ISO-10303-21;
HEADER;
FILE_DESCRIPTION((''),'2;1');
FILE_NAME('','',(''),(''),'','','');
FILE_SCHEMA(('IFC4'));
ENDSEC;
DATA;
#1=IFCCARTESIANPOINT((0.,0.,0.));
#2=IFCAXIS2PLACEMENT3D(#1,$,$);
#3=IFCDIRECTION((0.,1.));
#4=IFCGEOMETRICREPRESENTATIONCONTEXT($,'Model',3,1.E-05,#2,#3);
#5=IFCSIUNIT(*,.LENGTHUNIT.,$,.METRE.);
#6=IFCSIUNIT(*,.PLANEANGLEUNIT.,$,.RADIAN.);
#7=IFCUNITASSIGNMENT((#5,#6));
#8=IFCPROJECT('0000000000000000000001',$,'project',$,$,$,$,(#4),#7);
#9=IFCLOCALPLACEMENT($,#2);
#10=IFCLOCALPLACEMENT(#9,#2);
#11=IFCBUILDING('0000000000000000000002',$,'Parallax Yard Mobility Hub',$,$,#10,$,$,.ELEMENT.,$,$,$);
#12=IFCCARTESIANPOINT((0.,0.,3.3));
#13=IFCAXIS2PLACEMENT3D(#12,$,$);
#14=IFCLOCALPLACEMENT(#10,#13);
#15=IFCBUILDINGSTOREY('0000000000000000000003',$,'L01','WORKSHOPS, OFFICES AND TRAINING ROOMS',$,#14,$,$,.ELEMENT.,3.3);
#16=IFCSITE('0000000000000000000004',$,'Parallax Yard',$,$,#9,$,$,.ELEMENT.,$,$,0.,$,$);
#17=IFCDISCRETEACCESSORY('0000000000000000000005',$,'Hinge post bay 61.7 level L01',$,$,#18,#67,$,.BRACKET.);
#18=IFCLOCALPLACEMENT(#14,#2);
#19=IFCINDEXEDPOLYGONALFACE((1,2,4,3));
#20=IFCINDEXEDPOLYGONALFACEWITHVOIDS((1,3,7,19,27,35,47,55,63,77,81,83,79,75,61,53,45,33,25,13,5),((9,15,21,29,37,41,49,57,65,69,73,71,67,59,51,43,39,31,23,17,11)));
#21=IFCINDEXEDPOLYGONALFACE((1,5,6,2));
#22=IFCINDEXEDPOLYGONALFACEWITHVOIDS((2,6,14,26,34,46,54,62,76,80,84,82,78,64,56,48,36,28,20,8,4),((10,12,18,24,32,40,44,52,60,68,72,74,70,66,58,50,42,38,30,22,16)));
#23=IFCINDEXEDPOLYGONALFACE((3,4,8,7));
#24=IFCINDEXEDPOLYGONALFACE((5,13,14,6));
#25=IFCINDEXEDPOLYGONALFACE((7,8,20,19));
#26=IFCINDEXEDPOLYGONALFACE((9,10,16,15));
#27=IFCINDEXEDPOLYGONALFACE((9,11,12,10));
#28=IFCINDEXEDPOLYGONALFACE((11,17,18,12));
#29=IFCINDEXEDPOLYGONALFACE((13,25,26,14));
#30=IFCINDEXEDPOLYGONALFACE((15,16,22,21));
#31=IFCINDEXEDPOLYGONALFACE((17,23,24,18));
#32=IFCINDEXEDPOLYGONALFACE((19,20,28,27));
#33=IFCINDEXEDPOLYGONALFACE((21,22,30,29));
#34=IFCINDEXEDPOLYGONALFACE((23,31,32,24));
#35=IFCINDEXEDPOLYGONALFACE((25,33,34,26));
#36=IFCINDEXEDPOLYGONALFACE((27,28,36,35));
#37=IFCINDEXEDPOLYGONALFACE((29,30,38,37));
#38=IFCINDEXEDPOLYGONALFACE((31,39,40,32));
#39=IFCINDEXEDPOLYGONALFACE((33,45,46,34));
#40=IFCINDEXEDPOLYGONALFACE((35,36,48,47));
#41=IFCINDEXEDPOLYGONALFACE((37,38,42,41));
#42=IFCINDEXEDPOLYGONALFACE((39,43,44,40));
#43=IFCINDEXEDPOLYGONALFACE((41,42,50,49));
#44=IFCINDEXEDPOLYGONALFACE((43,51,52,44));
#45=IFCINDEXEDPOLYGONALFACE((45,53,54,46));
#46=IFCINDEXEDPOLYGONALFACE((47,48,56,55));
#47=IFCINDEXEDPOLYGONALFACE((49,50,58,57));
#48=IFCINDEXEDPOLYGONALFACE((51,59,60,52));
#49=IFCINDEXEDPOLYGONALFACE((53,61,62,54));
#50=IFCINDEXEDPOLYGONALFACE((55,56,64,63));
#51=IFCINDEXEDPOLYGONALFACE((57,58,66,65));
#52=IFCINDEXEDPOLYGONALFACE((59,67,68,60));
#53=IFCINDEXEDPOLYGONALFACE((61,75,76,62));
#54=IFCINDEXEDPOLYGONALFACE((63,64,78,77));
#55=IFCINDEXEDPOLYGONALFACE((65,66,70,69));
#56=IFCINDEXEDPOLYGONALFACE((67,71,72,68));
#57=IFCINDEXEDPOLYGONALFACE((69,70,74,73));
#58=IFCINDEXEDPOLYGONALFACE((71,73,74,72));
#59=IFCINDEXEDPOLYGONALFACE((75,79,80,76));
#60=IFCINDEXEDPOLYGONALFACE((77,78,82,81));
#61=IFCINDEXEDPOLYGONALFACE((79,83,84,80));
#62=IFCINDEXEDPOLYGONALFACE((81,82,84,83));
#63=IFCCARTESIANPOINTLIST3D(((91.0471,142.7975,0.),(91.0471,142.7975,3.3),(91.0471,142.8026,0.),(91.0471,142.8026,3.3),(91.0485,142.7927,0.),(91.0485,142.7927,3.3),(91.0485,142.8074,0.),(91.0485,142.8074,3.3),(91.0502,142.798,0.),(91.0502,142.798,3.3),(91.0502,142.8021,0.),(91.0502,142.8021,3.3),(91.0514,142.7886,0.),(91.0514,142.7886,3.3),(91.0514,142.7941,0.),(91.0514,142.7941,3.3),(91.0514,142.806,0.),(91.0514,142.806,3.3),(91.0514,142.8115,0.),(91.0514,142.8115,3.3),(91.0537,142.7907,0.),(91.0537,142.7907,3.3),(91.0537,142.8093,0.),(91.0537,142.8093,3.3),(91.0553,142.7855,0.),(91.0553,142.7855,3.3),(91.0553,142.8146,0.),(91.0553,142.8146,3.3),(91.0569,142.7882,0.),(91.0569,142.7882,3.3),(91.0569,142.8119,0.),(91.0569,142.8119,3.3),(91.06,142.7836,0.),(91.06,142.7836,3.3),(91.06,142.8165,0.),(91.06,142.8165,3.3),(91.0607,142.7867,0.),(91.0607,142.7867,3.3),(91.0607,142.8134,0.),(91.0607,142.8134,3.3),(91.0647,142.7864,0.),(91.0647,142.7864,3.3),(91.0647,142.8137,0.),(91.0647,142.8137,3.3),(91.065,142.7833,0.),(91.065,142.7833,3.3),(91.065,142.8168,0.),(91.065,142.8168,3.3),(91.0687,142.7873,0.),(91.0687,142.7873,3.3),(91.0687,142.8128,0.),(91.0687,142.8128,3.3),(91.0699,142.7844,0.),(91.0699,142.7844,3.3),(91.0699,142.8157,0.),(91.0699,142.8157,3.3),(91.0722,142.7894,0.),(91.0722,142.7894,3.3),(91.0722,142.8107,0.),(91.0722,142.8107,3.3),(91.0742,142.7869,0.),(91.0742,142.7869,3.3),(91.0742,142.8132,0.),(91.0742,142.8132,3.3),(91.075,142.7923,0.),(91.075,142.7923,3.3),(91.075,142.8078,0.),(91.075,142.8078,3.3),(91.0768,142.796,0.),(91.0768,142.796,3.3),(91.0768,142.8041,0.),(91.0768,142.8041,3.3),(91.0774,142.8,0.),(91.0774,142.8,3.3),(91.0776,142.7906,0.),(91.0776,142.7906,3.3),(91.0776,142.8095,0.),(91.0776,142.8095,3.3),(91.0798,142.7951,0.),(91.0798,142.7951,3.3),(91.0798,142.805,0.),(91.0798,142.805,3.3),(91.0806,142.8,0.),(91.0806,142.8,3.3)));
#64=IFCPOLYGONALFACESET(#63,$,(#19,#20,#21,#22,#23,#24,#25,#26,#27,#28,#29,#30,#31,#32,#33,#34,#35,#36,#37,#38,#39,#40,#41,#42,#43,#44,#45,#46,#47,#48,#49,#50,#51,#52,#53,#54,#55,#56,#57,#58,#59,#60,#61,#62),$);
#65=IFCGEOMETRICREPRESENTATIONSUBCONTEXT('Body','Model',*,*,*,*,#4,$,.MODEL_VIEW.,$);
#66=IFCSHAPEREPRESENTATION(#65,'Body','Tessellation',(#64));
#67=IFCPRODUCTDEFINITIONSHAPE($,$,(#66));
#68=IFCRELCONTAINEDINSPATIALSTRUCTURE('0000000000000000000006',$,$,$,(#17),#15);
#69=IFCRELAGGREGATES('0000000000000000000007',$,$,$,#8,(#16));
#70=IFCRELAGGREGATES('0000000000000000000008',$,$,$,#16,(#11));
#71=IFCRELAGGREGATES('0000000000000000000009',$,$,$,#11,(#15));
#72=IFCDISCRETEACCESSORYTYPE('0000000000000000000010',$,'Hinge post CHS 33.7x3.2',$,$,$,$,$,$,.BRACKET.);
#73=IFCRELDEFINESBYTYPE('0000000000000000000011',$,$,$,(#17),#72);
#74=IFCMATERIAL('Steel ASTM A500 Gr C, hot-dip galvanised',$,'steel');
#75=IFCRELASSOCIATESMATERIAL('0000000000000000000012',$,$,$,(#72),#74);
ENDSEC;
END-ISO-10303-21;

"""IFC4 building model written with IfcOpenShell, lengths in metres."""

from ifc_helpers import new_model, si_unit, direction, frame, origin, origin_2d, place, context, subcontext, project, spatial, hollow_circle, extrude, material, material_profile, profile_set, type_object, element, save


model = new_model("IFC4")

# Units and contexts
model_context = context("Model", 3, precision=1e-05, world=origin(), true_north=direction((0.0, 1.0)))
body_context = subcontext(model_context, "Body", "Model", "MODEL_VIEW")
ifc_project = project(units=[si_unit("LENGTHUNIT", "METRE"), si_unit("PLANEANGLEUNIT", "RADIAN")], contexts=[model_context])

# Site, building, storey
site_placement = place(None, origin())
site = spatial("IfcSite", under=ifc_project, at=site_placement, Name="Parallax Yard", CompositionType="ELEMENT", RefElevation=0.0)
building_placement = place(site_placement, origin())
building = spatial("IfcBuilding", under=site, at=building_placement, Name="Parallax Yard Mobility Hub", CompositionType="ELEMENT")
storey_placement = place(building_placement, frame((0.0, 0.0, 3.3)))
storey = spatial("IfcBuildingStorey", under=building, at=storey_placement, Name="L01", Description="WORKSHOPS, OFFICES AND TRAINING ROOMS", CompositionType="ELEMENT", Elevation=3.3)

# Discrete accessory
ifc_material_1 = material(Name="Steel ASTM A500 Gr C, hot-dip galvanised", Category="steel")
ifc_material_profile = material_profile(ifc_material_1, hollow_circle(Radius=0.0168, WallThickness=0.0032, at=origin_2d()), Name="CHS 33.7x3.2")
ifc_profile_set = profile_set([ifc_material_profile], Name="Steel ASTM A500 Gr C, hot-dip galvanised")
discrete_accessory_type_1 = type_object("IfcDiscreteAccessoryType", Name="Hinge post CHS 33.7x3.2", PredefinedType="BRACKET", material=ifc_profile_set)
for number, where, z_axis, x_axis, name in (
    (1, (91.0637, 142.8, 0.0), (0.0, 0.0, 1.0), (1.0, 0.0, 0.0), "Hinge post bay 61.7 level L01"),
):
    element("IfcDiscreteAccessory", number, at=place(storey_placement, frame(where, z_axis=z_axis, x_axis=x_axis)), inside=storey, type_object=discrete_accessory_type_1, Name=name, PredefinedType="BRACKET", context=body_context, shape_type="SweptSolid", body=[
        extrude(hollow_circle(Radius=0.0168, WallThickness=0.0032, at=origin_2d()), origin(), (0.0, 0.0, 1.0), 3.3),
    ])

save(model, "model.ifc")
